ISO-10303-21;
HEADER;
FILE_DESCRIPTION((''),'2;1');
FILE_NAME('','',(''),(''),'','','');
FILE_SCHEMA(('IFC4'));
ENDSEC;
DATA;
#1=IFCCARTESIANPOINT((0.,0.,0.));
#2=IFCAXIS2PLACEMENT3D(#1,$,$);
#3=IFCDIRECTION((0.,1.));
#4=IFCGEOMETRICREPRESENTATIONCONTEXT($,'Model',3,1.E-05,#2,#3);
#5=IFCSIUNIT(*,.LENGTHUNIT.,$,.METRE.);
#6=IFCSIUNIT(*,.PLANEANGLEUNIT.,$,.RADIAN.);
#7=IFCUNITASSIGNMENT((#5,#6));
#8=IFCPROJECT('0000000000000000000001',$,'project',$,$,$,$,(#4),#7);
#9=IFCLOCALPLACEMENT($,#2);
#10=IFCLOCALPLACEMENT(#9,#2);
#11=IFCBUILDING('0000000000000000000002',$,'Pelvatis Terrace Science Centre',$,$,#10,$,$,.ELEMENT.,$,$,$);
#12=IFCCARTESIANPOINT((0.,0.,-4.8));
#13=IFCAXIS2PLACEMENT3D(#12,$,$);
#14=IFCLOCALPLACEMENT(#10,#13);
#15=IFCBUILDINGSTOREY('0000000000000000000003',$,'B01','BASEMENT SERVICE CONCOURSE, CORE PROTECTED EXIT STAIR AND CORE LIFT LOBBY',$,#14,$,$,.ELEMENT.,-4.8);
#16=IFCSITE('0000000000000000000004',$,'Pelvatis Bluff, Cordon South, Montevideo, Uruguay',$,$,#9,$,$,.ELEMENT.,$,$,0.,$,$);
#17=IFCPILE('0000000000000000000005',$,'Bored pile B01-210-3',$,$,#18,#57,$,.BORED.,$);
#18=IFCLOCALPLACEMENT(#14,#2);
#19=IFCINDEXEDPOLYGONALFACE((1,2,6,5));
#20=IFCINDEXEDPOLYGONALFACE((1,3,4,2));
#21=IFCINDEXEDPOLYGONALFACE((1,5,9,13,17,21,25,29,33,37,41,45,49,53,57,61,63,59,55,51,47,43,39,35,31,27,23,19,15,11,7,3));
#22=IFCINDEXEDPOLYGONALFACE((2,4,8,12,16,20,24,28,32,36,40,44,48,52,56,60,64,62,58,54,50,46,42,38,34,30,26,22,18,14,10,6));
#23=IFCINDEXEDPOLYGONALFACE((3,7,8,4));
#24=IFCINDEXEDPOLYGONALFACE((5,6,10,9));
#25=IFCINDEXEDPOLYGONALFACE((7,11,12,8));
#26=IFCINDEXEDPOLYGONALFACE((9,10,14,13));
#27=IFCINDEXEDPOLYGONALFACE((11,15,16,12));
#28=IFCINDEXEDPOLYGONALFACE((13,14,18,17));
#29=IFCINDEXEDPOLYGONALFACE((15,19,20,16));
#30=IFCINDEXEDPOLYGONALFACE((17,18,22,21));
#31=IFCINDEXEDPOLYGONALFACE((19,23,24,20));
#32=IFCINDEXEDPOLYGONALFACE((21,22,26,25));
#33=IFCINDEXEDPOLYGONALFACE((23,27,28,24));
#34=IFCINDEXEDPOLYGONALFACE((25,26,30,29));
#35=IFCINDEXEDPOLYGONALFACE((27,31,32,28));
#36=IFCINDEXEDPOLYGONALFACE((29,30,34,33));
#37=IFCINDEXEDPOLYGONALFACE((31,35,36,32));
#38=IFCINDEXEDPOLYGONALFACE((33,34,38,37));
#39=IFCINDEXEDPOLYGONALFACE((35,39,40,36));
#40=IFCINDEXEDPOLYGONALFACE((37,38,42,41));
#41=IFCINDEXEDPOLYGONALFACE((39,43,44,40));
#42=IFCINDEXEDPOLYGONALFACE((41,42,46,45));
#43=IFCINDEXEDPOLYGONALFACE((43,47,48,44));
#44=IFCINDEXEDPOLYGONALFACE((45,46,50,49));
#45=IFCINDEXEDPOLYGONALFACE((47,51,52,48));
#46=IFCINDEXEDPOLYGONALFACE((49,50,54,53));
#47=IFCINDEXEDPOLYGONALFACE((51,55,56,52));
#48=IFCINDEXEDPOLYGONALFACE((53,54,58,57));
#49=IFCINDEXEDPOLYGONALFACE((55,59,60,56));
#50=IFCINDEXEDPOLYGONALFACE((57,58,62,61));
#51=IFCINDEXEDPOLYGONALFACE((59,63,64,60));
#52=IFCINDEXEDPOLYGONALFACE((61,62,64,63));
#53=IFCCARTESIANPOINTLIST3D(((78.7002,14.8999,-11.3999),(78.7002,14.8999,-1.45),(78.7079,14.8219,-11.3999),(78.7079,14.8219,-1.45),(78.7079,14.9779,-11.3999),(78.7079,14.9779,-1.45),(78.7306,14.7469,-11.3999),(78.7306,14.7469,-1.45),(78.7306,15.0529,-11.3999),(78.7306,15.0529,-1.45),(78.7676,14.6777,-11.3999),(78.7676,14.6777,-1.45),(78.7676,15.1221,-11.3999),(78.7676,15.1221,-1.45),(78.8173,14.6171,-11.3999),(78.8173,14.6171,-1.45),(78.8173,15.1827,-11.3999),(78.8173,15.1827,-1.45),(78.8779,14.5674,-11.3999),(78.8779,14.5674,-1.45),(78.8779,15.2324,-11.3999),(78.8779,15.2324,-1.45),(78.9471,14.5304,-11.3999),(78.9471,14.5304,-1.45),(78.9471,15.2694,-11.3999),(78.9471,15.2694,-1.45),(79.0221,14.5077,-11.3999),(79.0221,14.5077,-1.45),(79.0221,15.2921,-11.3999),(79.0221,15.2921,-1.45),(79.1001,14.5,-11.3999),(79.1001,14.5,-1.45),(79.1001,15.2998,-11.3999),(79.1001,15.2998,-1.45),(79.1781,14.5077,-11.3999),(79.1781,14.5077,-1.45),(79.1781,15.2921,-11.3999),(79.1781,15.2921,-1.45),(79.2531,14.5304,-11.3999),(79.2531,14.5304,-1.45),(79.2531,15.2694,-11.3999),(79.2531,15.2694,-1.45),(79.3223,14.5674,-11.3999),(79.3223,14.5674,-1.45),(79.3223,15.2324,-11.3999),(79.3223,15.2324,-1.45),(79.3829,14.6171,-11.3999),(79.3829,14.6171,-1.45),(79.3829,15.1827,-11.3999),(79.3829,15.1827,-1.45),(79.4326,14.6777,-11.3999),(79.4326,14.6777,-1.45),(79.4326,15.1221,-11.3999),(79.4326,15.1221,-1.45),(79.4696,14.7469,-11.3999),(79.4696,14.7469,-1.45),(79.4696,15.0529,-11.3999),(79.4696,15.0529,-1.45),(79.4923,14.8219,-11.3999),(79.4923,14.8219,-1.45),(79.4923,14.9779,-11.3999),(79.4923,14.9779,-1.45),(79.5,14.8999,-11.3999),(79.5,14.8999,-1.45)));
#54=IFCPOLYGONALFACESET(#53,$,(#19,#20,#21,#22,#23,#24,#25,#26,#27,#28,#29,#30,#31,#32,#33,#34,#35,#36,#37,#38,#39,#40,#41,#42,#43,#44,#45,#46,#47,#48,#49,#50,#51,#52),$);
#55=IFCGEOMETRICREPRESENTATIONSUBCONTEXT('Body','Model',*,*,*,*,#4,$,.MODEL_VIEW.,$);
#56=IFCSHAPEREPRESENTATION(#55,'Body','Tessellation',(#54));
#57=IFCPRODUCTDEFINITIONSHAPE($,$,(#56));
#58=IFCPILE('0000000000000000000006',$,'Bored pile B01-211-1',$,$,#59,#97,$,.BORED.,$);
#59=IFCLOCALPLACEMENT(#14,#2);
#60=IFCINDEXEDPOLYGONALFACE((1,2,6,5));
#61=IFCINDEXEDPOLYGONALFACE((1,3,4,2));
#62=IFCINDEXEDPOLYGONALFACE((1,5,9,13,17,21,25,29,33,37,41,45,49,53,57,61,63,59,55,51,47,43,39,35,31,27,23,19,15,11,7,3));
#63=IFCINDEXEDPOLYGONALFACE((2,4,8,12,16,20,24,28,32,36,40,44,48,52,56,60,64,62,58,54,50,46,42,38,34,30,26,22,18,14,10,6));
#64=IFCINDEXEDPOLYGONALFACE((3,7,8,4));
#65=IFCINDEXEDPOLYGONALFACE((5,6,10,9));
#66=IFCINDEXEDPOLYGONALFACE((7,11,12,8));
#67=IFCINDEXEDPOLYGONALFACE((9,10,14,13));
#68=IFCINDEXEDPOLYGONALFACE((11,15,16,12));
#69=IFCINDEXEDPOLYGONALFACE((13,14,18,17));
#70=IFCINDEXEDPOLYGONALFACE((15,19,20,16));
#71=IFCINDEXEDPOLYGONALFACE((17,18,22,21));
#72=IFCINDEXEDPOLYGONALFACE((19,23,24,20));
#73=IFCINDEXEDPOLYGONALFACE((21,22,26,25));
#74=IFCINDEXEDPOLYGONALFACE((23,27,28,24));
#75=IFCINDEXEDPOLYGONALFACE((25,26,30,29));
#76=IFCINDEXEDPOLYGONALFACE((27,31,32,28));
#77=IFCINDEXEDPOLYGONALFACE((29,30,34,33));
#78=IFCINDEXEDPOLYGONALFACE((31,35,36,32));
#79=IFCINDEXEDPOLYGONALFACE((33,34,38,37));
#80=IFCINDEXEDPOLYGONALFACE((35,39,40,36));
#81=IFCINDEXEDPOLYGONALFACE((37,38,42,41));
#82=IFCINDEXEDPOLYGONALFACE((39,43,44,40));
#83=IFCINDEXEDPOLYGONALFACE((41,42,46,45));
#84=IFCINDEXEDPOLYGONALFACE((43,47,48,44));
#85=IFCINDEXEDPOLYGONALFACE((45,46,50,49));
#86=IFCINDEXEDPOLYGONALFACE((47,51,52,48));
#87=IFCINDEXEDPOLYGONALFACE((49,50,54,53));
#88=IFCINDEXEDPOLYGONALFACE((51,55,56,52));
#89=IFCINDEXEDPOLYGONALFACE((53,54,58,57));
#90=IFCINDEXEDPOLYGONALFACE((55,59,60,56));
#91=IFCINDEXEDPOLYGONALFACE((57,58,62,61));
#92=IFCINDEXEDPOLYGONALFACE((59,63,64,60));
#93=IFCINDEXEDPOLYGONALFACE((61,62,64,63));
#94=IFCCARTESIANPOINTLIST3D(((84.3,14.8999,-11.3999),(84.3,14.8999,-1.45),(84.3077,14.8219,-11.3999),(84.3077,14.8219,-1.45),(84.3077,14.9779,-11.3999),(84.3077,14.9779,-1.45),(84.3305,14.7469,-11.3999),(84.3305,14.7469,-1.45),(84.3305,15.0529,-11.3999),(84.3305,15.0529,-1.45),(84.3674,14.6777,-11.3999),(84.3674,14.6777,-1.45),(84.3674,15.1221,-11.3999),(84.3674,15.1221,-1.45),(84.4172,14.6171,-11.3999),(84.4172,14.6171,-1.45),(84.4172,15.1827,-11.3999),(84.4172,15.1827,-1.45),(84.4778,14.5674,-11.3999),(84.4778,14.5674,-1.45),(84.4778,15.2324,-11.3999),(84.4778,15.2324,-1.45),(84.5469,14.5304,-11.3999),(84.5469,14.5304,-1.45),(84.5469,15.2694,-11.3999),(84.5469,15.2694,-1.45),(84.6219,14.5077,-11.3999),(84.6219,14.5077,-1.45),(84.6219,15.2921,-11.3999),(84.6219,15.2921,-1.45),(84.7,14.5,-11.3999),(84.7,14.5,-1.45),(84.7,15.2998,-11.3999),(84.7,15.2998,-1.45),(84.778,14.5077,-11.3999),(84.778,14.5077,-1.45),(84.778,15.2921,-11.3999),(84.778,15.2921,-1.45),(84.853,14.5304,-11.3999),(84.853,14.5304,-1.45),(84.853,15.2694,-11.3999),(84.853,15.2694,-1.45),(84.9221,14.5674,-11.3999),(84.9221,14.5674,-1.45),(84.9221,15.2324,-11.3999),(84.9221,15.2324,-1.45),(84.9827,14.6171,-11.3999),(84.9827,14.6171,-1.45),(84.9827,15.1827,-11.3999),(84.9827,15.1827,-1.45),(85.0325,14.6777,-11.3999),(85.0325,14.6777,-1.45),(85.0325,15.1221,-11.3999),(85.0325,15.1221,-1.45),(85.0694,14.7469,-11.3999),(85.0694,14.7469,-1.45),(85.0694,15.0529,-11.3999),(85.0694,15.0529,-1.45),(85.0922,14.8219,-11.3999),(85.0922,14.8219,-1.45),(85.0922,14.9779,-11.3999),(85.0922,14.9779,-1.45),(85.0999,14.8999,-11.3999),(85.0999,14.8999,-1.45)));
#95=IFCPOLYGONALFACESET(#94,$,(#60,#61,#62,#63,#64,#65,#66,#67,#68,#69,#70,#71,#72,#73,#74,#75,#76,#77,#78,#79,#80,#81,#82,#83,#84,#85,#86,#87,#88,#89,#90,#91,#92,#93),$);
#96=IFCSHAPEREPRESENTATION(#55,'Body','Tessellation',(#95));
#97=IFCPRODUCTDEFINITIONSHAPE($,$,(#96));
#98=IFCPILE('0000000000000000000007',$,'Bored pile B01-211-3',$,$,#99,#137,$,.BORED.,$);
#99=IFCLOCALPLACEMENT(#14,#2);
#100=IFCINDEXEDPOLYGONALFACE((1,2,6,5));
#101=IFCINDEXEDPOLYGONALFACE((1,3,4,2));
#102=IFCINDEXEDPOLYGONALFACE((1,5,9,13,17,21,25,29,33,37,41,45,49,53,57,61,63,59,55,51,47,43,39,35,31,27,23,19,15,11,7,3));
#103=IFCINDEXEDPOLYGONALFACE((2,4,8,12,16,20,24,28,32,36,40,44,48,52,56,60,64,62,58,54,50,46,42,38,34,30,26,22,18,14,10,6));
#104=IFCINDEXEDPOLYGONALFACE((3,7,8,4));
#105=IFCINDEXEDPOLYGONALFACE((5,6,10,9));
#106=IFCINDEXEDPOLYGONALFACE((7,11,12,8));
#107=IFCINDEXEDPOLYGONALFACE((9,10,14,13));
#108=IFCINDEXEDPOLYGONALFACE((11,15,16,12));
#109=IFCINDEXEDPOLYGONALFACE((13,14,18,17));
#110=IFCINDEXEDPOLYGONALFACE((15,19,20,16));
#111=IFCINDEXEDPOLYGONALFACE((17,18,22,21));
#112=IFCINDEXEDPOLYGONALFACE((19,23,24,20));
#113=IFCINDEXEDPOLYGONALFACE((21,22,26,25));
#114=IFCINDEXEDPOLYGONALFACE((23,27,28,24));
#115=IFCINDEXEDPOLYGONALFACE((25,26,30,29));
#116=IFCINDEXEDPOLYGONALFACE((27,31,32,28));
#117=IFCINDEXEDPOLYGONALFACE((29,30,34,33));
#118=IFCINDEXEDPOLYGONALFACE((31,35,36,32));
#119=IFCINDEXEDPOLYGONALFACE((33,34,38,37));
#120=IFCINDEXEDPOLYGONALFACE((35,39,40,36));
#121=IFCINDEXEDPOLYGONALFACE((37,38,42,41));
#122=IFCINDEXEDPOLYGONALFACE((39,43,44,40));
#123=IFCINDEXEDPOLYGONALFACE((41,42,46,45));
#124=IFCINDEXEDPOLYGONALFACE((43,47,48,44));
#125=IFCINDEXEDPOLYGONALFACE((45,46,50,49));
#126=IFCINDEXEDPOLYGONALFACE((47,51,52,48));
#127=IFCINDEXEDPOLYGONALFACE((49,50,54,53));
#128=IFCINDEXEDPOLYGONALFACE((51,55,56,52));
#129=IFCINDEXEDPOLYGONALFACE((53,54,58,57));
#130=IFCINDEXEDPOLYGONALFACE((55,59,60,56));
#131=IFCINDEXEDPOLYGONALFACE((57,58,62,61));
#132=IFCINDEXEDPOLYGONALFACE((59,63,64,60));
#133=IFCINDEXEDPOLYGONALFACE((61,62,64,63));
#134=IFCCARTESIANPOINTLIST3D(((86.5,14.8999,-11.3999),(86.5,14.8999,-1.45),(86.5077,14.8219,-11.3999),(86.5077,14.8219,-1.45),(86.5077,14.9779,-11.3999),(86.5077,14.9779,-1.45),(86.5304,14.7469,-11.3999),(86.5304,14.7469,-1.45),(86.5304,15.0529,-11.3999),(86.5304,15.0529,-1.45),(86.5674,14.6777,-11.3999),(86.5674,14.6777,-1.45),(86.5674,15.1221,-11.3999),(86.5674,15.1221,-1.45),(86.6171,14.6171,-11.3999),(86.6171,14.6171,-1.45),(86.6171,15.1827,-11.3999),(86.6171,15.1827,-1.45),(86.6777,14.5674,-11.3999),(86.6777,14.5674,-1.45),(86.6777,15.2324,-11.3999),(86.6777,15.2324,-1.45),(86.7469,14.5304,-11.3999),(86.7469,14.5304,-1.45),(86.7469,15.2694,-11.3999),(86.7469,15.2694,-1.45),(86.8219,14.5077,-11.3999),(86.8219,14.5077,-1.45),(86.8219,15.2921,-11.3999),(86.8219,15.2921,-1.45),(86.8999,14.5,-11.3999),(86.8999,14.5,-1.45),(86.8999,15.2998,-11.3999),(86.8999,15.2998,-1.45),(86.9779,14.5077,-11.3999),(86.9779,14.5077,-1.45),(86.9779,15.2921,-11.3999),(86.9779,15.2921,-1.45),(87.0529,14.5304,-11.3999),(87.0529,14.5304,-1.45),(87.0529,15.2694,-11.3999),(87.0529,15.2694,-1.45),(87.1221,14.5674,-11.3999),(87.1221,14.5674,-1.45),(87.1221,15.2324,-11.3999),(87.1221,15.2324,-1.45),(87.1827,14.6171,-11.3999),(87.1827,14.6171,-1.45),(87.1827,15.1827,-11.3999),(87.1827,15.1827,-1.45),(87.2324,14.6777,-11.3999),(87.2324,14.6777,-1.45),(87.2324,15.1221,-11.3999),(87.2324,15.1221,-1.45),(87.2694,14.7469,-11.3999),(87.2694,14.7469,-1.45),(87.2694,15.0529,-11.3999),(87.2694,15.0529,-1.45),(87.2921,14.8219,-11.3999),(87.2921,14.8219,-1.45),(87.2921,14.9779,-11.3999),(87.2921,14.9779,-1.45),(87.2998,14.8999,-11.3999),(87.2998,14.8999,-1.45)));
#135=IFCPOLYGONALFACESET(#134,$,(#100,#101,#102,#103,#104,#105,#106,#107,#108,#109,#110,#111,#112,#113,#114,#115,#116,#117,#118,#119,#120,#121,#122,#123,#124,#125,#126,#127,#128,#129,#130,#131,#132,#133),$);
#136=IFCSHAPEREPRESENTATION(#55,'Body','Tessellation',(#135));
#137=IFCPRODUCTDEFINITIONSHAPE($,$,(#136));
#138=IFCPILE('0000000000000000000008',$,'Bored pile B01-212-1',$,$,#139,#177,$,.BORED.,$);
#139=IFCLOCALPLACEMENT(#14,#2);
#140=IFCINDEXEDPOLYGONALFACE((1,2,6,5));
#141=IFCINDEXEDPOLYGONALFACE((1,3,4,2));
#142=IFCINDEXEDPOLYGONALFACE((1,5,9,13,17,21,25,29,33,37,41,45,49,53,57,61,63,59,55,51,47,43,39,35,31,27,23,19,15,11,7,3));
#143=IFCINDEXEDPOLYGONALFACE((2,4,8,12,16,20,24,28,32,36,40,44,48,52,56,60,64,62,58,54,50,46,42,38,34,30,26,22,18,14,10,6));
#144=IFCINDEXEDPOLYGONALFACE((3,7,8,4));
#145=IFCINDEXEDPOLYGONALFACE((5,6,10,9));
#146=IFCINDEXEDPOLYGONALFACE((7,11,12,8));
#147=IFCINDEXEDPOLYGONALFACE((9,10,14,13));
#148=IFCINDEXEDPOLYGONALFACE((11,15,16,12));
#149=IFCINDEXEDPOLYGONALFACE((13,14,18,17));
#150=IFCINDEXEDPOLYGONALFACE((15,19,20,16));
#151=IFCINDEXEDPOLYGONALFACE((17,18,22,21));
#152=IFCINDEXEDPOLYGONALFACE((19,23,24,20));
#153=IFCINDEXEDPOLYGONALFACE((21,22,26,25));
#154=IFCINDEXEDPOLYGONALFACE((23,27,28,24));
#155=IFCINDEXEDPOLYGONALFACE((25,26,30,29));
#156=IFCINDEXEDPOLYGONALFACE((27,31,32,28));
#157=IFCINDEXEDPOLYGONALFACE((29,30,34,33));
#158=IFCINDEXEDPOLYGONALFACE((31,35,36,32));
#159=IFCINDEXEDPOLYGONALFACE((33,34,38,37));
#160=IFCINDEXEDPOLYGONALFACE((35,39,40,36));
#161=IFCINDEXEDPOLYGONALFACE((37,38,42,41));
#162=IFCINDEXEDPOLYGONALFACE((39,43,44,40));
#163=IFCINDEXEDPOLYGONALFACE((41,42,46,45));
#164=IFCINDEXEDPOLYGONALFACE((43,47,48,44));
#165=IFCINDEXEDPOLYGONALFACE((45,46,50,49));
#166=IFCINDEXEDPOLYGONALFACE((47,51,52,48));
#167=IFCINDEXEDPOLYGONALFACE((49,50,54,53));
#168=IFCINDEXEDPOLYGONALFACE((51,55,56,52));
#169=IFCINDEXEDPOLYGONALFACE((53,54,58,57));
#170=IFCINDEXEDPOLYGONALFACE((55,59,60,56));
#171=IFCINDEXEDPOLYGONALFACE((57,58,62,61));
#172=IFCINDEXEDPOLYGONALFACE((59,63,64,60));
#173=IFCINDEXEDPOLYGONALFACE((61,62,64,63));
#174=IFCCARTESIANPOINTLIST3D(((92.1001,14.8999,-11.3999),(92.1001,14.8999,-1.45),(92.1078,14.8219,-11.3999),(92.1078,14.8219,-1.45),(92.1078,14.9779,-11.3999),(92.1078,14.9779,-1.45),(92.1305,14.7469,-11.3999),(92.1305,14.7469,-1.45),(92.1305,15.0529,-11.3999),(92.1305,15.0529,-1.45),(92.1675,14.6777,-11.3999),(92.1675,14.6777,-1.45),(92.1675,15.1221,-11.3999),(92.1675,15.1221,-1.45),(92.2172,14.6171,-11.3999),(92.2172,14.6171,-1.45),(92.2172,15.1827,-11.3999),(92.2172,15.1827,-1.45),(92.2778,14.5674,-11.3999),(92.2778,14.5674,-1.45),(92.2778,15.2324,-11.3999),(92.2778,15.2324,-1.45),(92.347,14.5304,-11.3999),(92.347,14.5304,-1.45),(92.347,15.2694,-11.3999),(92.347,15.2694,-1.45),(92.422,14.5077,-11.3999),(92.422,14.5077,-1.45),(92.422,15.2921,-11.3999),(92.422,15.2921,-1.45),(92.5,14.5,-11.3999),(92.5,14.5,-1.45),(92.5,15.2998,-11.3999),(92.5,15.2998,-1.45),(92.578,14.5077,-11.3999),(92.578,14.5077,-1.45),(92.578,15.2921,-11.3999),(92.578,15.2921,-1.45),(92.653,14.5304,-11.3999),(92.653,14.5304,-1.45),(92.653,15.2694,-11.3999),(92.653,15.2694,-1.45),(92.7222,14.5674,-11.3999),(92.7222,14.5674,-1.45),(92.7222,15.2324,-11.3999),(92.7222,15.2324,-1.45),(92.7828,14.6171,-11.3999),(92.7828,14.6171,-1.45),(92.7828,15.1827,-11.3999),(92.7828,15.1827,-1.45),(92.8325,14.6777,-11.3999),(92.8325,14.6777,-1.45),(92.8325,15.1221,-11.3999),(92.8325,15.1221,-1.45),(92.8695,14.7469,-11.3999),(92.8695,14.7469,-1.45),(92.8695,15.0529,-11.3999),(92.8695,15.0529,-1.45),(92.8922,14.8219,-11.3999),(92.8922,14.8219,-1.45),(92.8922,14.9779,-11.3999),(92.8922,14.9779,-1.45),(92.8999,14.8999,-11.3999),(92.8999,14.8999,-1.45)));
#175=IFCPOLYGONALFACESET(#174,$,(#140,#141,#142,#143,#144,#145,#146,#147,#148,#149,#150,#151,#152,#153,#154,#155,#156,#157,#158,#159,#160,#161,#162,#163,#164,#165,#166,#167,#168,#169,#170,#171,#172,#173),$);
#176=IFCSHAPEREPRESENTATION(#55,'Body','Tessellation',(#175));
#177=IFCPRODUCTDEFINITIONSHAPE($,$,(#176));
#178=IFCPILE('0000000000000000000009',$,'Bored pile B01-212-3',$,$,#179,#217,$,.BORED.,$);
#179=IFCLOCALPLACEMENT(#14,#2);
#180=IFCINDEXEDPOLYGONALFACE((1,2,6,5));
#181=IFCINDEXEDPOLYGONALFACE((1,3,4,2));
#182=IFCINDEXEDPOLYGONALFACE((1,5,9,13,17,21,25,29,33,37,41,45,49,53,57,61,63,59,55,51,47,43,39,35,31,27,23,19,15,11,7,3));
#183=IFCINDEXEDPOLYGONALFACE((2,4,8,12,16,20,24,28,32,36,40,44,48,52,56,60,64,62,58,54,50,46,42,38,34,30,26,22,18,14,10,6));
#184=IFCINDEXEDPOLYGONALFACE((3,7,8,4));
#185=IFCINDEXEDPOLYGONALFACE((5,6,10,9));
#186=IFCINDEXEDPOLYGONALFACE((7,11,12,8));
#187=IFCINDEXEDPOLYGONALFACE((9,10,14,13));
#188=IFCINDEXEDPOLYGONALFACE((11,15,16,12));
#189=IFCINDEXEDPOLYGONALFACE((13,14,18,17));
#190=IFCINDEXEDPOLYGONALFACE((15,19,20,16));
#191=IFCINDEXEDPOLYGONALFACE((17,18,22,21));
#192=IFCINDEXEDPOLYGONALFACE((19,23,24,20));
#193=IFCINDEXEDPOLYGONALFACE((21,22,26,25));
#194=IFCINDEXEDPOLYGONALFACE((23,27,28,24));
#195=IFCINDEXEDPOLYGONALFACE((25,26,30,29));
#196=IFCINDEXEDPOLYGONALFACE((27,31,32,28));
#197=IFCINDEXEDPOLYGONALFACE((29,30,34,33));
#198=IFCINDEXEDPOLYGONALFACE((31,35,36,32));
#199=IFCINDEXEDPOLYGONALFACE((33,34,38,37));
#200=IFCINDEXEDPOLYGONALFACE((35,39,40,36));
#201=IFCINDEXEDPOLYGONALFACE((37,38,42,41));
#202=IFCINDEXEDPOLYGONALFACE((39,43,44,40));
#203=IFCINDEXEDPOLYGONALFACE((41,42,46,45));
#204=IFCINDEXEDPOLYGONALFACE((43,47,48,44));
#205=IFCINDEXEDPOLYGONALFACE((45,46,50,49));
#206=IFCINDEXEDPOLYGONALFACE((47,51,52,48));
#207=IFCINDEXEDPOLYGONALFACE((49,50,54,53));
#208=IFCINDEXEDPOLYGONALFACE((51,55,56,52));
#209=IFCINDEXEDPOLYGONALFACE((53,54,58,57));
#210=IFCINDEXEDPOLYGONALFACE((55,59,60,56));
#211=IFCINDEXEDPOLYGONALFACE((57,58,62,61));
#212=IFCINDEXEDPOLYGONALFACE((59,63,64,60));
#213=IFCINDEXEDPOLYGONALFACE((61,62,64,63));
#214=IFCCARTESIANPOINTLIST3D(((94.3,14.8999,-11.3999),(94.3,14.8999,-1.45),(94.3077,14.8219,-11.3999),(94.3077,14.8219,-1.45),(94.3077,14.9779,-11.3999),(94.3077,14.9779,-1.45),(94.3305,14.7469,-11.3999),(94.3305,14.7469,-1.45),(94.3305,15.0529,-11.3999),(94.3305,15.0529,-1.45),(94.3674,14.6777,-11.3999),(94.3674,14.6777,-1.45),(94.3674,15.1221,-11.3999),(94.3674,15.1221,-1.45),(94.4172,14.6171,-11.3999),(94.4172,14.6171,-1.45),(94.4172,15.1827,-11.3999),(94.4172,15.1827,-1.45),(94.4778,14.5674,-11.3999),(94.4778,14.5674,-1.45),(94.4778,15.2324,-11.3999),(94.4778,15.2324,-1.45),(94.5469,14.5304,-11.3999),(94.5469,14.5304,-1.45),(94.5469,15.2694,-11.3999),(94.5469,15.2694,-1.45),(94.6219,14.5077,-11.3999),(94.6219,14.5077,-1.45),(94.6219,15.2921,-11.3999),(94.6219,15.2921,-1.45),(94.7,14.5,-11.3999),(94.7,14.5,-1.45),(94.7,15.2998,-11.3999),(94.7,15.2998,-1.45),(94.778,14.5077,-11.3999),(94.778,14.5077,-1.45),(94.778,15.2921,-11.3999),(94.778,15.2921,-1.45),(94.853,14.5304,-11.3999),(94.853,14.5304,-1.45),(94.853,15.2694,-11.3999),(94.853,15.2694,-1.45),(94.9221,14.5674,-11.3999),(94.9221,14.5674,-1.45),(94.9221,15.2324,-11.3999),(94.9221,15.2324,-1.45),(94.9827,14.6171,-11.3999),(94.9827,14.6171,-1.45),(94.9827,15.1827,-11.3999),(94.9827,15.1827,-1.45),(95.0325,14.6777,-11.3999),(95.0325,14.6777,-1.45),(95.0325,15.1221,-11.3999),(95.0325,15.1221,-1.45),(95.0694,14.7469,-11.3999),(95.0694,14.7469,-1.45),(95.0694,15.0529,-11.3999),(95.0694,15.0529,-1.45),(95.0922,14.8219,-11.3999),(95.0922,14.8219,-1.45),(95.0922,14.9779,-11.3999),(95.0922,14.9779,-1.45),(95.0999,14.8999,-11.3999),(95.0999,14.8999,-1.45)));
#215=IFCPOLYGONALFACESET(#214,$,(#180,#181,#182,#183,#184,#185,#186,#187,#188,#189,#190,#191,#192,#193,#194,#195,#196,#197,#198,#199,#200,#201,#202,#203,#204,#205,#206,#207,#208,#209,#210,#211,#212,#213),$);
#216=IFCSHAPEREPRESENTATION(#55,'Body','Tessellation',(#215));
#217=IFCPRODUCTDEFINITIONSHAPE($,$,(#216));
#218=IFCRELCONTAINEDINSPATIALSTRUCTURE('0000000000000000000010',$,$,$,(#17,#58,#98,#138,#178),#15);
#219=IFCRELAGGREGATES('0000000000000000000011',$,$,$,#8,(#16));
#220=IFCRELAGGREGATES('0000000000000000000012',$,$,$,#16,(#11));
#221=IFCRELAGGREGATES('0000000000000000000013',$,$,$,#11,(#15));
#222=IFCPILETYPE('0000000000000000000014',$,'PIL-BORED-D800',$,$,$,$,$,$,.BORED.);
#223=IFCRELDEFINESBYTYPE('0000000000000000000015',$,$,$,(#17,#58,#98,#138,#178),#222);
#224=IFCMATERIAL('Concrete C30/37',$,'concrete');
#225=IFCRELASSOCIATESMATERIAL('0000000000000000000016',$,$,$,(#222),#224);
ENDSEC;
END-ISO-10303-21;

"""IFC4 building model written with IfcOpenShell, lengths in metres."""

from ifc_helpers import new_model, si_unit, direction, frame, origin, origin_2d, place, context, subcontext, project, spatial, circle, extrude, material, material_profile, profile_set, type_object, element, save


model = new_model("IFC4")

# Units and contexts
model_context = context("Model", 3, precision=1e-05, world=origin(), true_north=direction((0.0, 1.0)))
body_context = subcontext(model_context, "Body", "Model", "MODEL_VIEW")
ifc_project = project(units=[si_unit("LENGTHUNIT", "METRE"), si_unit("PLANEANGLEUNIT", "RADIAN")], contexts=[model_context])

# Site, building, storey
site_placement = place(None, origin())
site = spatial("IfcSite", under=ifc_project, at=site_placement, Name="Pelvatis Bluff, Cordon South, Montevideo, Uruguay", CompositionType="ELEMENT", RefElevation=0.0)
building_placement = place(site_placement, origin())
building = spatial("IfcBuilding", under=site, at=building_placement, Name="Pelvatis Terrace Science Centre", CompositionType="ELEMENT")
storey_placement = place(building_placement, frame((0.0, 0.0, -4.8)))
storey = spatial("IfcBuildingStorey", under=building, at=storey_placement, Name="B01", Description="BASEMENT SERVICE CONCOURSE, CORE PROTECTED EXIT STAIR AND CORE LIFT LOBBY", CompositionType="ELEMENT", Elevation=-4.8)

# Piles
ifc_material_1 = material(Name="Concrete C30/37", Category="concrete")
ifc_material_profile_1 = material_profile(ifc_material_1, circle(Radius=0.3999, at=origin_2d()), Name="PILE D800")
ifc_profile_set_1 = profile_set([ifc_material_profile_1], Name="Concrete C30/37")
pile_type = type_object("IfcPileType", Name="PIL-BORED-D800", PredefinedType="BORED", material=ifc_profile_set_1)
for number, where, z_axis, x_axis, name in (
    (1, (79.1001, 14.8999, -1.45), (0.0, 0.0, -1.0), (1.0, 0.0, 0.0), "Bored pile B01-210-3"),
    (2, (84.7, 14.8999, -1.45), (0.0, 0.0, -1.0), (1.0, 0.0, 0.0), "Bored pile B01-211-1"),
    (3, (86.8999, 14.8999, -1.45), (0.0, 0.0, -1.0), (1.0, 0.0, 0.0), "Bored pile B01-211-3"),
    (4, (92.5, 14.8999, -1.45), (0.0, 0.0, -1.0), (1.0, 0.0, 0.0), "Bored pile B01-212-1"),
    (5, (94.7, 14.8999, -1.45), (0.0, 0.0, -1.0), (1.0, 0.0, 0.0), "Bored pile B01-212-3"),
):
    element("IfcPile", number, at=place(storey_placement, frame(where, z_axis=z_axis, x_axis=x_axis)), inside=storey, type_object=pile_type, Name=name, PredefinedType="BORED", context=body_context, shape_type="SweptSolid", body=[
        extrude(circle(Radius=0.3999, at=origin_2d()), origin(), (0.0, 0.0, 1.0), 9.95),
    ])

save(model, "model.ifc")
